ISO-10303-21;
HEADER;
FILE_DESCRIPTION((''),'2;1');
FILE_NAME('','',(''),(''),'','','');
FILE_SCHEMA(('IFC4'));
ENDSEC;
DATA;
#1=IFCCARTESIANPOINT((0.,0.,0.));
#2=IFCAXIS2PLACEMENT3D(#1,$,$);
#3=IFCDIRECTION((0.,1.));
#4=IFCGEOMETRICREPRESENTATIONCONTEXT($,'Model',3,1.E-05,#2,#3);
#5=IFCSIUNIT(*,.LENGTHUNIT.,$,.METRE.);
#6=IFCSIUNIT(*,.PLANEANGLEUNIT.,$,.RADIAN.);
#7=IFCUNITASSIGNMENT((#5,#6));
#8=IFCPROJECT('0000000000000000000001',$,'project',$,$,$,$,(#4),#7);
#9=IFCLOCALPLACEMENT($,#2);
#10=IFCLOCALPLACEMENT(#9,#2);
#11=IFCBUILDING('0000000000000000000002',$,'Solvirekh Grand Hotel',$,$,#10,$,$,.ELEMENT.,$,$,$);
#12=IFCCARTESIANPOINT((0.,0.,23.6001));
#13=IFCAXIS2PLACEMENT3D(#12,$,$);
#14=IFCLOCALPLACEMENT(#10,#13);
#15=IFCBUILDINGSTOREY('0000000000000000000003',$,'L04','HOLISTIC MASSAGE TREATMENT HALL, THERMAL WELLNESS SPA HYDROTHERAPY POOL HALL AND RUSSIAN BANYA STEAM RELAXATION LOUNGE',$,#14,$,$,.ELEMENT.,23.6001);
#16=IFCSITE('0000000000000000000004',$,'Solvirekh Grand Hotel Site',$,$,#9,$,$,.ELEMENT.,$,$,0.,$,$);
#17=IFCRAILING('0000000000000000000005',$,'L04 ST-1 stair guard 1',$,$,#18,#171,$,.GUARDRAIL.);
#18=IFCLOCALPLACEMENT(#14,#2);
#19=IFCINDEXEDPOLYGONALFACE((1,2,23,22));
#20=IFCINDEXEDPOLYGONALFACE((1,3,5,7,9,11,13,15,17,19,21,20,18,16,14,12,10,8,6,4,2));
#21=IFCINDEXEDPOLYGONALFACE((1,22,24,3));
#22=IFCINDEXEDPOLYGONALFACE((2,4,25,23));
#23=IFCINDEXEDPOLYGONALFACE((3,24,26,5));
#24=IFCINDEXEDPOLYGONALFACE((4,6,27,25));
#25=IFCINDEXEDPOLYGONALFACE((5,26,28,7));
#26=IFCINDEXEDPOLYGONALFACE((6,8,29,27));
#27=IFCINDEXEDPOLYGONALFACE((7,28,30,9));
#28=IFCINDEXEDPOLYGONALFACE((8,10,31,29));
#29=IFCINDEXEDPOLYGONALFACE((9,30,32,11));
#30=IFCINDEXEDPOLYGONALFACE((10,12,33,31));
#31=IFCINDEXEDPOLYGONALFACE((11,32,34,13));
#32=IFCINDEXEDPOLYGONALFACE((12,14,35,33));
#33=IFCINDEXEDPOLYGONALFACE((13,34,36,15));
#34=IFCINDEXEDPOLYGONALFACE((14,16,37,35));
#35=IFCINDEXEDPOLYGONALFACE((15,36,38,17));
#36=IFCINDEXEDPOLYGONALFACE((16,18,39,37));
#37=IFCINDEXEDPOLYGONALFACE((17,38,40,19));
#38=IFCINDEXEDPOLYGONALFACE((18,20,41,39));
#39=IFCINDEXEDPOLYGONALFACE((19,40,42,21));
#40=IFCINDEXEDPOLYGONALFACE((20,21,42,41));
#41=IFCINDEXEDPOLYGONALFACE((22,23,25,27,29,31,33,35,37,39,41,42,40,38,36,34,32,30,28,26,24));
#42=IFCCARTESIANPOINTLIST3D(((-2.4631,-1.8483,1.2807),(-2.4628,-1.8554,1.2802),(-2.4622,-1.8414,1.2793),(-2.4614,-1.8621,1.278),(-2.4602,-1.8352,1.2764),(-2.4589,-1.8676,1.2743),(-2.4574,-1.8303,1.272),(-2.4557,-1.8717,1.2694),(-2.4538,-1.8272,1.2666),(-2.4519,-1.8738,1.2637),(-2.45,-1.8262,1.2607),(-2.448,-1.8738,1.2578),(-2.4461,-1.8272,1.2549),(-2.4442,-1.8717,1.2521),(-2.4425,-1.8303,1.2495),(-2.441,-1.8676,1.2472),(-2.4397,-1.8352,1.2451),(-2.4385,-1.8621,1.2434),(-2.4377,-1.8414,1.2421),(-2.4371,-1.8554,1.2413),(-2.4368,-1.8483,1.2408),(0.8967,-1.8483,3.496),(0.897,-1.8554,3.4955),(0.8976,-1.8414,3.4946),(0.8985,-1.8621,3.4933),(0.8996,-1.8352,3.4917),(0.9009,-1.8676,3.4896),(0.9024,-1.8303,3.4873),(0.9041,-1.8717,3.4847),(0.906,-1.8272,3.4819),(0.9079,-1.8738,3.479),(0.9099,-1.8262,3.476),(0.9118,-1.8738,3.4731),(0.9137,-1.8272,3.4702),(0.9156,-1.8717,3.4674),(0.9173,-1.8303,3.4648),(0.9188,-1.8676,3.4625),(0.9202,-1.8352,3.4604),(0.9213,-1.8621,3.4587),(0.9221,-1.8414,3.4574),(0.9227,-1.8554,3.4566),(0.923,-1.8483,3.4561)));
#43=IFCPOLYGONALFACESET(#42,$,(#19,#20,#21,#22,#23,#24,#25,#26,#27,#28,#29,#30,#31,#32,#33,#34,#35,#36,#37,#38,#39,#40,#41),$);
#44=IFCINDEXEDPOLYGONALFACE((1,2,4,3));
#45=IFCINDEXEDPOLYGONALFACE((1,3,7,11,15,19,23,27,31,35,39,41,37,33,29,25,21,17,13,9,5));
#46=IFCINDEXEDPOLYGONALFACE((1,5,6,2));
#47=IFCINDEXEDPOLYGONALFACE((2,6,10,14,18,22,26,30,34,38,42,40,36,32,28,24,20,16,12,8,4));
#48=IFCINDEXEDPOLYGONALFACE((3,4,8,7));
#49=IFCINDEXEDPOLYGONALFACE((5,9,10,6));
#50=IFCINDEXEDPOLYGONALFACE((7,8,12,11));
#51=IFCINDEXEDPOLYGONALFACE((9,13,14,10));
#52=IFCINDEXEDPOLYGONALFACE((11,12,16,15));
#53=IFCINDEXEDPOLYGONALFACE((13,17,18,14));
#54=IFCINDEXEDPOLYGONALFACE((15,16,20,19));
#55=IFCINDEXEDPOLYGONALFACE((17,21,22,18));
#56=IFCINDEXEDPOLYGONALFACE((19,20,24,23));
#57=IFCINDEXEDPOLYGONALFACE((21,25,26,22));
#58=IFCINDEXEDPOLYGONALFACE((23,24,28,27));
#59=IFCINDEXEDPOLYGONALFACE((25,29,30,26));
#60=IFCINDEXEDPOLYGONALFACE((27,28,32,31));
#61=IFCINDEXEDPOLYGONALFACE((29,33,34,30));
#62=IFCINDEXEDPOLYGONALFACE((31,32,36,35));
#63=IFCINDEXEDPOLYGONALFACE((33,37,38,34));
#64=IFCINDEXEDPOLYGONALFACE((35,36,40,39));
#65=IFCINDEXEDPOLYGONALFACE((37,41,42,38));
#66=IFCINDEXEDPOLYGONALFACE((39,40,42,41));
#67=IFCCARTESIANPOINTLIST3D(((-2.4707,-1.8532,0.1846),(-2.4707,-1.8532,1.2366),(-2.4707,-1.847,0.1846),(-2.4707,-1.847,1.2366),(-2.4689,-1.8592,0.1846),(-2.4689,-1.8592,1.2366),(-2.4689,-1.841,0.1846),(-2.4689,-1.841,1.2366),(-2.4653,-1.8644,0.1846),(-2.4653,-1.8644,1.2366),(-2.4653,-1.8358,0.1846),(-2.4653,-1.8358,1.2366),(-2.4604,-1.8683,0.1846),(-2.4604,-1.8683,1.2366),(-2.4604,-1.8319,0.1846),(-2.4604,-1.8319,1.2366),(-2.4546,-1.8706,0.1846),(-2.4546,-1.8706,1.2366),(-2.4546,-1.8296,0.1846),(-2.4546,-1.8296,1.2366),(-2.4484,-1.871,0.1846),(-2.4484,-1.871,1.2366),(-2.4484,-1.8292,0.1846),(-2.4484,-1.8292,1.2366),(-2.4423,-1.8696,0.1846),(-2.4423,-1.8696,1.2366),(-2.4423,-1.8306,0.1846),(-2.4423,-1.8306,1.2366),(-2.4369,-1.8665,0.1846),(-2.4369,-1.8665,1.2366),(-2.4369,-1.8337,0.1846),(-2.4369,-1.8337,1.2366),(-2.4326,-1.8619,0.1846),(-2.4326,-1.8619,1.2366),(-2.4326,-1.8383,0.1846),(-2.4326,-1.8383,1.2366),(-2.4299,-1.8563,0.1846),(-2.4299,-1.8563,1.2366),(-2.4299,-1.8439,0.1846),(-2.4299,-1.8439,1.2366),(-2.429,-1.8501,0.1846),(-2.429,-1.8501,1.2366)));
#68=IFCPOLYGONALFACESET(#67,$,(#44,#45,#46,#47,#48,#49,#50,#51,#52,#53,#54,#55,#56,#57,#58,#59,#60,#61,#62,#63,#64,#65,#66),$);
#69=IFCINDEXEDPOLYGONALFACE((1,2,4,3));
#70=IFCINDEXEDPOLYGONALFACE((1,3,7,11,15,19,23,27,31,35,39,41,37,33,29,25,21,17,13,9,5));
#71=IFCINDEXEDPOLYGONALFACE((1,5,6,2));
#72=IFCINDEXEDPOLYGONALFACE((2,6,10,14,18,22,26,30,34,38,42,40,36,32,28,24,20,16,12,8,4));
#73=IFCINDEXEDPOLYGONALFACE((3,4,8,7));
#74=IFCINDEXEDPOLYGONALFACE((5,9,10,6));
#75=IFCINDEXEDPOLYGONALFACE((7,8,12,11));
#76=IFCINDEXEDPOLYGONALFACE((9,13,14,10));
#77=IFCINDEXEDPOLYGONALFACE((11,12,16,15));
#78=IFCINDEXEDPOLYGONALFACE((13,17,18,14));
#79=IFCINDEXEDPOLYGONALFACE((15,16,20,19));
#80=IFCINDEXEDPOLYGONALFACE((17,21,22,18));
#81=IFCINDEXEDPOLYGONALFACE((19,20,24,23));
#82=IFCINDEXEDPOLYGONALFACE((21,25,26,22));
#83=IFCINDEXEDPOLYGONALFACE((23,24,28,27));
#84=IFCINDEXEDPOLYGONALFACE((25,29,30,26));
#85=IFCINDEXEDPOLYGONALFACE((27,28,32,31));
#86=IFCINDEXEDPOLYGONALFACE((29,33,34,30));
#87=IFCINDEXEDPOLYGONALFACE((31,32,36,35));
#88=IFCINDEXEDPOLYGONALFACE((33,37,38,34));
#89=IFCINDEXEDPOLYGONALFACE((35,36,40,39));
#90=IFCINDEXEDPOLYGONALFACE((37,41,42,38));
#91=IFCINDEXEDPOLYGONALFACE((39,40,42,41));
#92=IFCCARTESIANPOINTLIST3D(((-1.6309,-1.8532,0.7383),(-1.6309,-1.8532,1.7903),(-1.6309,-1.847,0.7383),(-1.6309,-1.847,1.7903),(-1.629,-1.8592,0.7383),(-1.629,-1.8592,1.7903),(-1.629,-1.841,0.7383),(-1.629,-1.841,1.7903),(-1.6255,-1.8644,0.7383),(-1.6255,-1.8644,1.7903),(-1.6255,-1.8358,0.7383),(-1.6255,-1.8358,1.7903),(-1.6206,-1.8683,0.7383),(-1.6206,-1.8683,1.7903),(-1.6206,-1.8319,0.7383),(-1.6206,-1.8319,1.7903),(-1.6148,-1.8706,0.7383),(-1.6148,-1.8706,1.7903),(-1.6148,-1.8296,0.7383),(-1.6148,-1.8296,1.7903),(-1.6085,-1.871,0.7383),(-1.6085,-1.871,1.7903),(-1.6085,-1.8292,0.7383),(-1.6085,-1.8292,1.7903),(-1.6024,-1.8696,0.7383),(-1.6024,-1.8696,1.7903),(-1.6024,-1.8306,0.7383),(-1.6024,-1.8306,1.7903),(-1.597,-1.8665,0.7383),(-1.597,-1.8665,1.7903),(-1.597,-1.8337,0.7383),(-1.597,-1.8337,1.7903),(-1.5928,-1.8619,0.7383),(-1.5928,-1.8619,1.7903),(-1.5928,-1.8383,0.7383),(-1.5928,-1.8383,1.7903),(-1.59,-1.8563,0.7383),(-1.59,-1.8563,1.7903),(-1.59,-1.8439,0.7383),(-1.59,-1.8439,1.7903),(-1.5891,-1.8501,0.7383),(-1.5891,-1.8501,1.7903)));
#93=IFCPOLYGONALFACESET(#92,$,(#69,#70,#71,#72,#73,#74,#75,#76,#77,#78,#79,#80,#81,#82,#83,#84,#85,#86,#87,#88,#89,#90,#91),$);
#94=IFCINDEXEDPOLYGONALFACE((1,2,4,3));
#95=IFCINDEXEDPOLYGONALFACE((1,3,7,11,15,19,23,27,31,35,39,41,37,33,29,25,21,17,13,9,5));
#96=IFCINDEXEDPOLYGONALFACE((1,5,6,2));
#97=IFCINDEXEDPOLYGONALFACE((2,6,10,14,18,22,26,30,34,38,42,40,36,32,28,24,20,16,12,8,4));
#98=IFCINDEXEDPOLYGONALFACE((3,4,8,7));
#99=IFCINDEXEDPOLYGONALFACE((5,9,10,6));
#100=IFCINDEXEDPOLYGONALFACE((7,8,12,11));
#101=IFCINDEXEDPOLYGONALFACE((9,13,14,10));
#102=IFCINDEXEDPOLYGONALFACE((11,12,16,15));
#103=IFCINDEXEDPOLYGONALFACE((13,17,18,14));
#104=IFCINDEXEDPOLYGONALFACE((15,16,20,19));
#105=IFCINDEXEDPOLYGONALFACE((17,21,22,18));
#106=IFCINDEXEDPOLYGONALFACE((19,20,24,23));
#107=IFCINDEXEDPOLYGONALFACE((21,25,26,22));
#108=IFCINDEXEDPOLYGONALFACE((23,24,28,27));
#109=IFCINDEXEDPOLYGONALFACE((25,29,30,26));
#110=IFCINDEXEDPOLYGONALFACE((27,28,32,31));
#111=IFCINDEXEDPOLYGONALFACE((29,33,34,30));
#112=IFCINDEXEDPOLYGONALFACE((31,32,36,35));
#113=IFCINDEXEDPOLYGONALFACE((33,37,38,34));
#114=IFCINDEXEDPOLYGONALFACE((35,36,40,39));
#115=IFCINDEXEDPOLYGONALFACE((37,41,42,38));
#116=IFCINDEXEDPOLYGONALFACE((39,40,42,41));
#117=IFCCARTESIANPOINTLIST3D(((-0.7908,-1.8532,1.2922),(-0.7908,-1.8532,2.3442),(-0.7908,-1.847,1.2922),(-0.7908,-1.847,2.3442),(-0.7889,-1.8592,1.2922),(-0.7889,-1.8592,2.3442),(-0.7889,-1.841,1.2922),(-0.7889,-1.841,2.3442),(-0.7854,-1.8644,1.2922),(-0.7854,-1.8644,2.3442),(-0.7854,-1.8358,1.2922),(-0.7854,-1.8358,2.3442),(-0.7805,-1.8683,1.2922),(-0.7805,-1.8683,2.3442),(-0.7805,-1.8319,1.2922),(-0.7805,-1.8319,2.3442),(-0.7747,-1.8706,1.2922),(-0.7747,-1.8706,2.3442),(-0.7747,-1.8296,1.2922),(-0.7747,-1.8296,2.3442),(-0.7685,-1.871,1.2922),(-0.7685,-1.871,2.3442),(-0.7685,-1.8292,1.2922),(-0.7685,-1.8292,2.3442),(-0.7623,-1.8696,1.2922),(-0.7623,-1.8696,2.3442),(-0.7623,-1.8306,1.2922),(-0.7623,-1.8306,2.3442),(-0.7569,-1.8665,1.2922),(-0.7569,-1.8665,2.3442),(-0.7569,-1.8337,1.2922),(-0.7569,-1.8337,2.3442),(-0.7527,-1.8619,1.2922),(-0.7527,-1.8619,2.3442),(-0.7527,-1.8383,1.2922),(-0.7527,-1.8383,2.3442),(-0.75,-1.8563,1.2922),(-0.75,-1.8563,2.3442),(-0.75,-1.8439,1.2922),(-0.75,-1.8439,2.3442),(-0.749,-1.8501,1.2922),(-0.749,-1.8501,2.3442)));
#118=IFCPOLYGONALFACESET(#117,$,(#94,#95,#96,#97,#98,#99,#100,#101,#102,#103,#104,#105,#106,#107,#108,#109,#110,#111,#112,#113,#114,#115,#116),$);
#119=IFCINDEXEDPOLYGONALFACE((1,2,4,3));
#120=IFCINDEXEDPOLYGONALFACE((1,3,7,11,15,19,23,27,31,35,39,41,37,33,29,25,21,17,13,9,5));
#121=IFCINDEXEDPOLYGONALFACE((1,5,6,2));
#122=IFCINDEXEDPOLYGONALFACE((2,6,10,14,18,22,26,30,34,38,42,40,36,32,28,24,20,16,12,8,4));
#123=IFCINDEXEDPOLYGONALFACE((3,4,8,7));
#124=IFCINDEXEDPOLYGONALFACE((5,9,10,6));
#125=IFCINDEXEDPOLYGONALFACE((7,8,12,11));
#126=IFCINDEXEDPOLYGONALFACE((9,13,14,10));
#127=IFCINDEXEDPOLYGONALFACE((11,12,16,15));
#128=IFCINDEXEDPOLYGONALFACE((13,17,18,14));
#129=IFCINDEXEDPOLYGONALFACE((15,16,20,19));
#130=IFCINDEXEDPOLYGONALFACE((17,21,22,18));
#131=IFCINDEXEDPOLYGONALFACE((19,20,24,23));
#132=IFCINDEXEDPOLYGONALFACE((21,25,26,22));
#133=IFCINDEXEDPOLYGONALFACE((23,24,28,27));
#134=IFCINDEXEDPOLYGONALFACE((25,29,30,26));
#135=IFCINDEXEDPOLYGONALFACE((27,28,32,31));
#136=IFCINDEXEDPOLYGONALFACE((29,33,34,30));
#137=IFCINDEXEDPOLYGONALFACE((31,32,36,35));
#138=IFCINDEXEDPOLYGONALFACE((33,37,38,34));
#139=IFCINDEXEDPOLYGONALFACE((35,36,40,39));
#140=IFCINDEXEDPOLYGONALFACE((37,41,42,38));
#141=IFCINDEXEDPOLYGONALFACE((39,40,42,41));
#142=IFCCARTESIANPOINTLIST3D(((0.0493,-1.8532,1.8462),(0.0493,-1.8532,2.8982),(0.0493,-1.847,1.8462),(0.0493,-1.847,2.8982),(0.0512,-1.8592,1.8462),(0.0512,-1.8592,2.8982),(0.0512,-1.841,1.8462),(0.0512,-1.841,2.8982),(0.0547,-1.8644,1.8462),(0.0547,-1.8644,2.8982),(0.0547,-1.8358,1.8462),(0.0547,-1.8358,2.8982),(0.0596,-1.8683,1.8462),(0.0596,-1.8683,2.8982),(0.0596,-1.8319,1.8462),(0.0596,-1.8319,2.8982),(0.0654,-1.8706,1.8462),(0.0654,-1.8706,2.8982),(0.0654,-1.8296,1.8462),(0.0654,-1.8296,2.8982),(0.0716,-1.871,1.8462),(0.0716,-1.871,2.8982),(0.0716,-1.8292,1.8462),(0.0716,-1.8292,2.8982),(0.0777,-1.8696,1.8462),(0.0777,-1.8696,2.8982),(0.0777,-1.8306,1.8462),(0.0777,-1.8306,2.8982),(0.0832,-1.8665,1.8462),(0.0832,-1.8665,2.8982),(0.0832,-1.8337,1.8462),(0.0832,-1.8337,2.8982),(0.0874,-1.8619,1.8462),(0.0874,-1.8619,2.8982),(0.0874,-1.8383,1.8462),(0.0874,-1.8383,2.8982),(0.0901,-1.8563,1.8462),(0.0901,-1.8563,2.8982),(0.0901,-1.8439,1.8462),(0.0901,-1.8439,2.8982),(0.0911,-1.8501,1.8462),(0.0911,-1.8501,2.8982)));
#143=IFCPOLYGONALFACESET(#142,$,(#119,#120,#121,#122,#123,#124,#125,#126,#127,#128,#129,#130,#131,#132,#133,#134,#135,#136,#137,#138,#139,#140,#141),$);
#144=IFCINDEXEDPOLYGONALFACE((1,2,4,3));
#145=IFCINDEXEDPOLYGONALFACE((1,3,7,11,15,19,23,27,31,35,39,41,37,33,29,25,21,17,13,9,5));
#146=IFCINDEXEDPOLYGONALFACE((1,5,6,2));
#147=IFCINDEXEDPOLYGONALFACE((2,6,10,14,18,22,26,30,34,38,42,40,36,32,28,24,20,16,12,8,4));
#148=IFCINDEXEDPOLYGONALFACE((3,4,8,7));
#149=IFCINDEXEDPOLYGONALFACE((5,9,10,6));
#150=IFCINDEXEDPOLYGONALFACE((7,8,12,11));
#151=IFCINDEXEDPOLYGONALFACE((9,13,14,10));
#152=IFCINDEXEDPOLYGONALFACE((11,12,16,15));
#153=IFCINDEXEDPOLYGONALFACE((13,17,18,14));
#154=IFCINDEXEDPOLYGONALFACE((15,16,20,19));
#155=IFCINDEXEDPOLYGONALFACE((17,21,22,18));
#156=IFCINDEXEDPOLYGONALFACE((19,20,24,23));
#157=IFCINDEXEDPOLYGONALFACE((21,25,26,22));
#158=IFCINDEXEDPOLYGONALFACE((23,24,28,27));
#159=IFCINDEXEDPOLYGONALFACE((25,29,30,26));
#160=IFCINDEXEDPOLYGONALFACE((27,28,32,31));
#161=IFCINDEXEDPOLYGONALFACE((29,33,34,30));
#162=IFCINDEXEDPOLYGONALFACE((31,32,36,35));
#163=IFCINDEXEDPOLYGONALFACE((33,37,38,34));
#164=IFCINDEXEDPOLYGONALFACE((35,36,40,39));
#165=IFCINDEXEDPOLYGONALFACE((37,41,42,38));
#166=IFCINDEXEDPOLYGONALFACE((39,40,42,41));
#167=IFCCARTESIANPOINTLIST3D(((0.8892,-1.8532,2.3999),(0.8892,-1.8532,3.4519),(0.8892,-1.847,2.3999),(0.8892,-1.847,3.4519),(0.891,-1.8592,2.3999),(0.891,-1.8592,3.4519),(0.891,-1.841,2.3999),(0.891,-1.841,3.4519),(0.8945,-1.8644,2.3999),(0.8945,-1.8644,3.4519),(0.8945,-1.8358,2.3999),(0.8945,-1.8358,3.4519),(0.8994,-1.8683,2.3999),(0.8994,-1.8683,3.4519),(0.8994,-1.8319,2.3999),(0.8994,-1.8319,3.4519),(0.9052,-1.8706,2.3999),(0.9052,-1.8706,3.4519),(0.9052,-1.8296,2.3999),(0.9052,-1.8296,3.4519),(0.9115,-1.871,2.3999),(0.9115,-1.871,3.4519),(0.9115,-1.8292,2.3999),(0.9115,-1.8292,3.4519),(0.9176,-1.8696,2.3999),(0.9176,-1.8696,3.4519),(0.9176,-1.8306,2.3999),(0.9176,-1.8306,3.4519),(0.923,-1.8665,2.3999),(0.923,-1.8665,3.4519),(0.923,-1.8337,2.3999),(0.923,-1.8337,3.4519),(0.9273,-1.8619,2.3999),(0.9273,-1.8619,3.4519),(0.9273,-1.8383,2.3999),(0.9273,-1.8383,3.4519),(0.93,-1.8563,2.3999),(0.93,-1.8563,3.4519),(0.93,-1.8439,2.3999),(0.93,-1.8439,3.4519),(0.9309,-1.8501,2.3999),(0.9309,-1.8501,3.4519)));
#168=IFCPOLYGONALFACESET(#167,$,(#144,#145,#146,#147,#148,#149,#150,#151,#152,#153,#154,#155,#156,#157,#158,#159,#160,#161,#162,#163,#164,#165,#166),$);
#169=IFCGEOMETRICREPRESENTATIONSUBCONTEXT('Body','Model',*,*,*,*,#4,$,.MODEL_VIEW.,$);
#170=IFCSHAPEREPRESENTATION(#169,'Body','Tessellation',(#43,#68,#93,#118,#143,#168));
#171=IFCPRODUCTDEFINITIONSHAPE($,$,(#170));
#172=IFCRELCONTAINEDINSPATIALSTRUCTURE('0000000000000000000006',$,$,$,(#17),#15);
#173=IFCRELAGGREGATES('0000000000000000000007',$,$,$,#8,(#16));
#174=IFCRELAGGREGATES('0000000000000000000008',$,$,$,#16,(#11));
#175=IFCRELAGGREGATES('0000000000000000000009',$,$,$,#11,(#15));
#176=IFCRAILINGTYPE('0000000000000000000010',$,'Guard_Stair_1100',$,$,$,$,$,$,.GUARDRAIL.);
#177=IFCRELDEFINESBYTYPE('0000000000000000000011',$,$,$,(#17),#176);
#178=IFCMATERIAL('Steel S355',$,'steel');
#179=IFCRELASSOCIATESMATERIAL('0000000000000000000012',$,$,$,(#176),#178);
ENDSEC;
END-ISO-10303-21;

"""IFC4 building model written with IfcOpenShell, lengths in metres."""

from ifc_helpers import new_model, si_unit, direction, frame, origin, origin_2d, place, context, subcontext, project, spatial, circle, extrude, material, type_object, element, save


model = new_model("IFC4")

# Units and contexts
model_context = context("Model", 3, precision=1e-05, world=origin(), true_north=direction((0.0, 1.0)))
body_context = subcontext(model_context, "Body", "Model", "MODEL_VIEW")
ifc_project = project(units=[si_unit("LENGTHUNIT", "METRE"), si_unit("PLANEANGLEUNIT", "RADIAN")], contexts=[model_context])

# Site, building, storey
site_placement = place(None, origin())
site = spatial("IfcSite", under=ifc_project, at=site_placement, Name="Solvirekh Grand Hotel Site", CompositionType="ELEMENT", RefElevation=0.0)
building_placement = place(site_placement, origin())
building = spatial("IfcBuilding", under=site, at=building_placement, Name="Solvirekh Grand Hotel", CompositionType="ELEMENT")
storey_placement = place(building_placement, frame((0.0, 0.0, 23.6001)))
storey = spatial("IfcBuildingStorey", under=building, at=storey_placement, Name="L04", Description="HOLISTIC MASSAGE TREATMENT HALL, THERMAL WELLNESS SPA HYDROTHERAPY POOL HALL AND RUSSIAN BANYA STEAM RELAXATION LOUNGE", CompositionType="ELEMENT", Elevation=23.6001)

# Railing
ifc_material_1 = material(Name="Steel S355", Category="steel")
railing_type_1 = type_object("IfcRailingType", Name="Guard_Stair_1100", PredefinedType="GUARDRAIL", material=ifc_material_1)
railing_1_placement = place(storey_placement, frame((-2.45, -1.8501, 0.1846)))
element("IfcRailing", 1, at=railing_1_placement, inside=storey, type_object=railing_type_1, Name="L04 ST-1 stair guard 1", PredefinedType="GUARDRAIL", context=body_context, shape_type="SweptSolid", body=[
    extrude(circle(Radius=0.0239, at=origin_2d()), frame((0.0, 0.0, 1.0762), z_axis=(0.834858, 0.0, 0.550465), x_axis=(0.0, 1.0, 0.0)), (0.0, 0.0, 1.0), 4.0244),
    extrude(circle(Radius=0.021, at=origin_2d()), origin(), (0.0, 0.0, 1.0), 1.052),
    extrude(circle(Radius=0.021, at=origin_2d()), frame((0.8398, 0.0, 0.5537)), (0.0, 0.0, 1.0), 1.052),
    extrude(circle(Radius=0.021, at=origin_2d()), frame((1.6799, 0.0, 1.1077)), (0.0, 0.0, 1.0), 1.052),
    extrude(circle(Radius=0.021, at=origin_2d()), frame((2.52, 0.0, 1.6616)), (0.0, 0.0, 1.0), 1.052),
    extrude(circle(Radius=0.021, at=origin_2d()), frame((3.3599, 0.0, 2.2153)), (0.0, 0.0, 1.0), 1.052),
])

save(model, "model.ifc")
